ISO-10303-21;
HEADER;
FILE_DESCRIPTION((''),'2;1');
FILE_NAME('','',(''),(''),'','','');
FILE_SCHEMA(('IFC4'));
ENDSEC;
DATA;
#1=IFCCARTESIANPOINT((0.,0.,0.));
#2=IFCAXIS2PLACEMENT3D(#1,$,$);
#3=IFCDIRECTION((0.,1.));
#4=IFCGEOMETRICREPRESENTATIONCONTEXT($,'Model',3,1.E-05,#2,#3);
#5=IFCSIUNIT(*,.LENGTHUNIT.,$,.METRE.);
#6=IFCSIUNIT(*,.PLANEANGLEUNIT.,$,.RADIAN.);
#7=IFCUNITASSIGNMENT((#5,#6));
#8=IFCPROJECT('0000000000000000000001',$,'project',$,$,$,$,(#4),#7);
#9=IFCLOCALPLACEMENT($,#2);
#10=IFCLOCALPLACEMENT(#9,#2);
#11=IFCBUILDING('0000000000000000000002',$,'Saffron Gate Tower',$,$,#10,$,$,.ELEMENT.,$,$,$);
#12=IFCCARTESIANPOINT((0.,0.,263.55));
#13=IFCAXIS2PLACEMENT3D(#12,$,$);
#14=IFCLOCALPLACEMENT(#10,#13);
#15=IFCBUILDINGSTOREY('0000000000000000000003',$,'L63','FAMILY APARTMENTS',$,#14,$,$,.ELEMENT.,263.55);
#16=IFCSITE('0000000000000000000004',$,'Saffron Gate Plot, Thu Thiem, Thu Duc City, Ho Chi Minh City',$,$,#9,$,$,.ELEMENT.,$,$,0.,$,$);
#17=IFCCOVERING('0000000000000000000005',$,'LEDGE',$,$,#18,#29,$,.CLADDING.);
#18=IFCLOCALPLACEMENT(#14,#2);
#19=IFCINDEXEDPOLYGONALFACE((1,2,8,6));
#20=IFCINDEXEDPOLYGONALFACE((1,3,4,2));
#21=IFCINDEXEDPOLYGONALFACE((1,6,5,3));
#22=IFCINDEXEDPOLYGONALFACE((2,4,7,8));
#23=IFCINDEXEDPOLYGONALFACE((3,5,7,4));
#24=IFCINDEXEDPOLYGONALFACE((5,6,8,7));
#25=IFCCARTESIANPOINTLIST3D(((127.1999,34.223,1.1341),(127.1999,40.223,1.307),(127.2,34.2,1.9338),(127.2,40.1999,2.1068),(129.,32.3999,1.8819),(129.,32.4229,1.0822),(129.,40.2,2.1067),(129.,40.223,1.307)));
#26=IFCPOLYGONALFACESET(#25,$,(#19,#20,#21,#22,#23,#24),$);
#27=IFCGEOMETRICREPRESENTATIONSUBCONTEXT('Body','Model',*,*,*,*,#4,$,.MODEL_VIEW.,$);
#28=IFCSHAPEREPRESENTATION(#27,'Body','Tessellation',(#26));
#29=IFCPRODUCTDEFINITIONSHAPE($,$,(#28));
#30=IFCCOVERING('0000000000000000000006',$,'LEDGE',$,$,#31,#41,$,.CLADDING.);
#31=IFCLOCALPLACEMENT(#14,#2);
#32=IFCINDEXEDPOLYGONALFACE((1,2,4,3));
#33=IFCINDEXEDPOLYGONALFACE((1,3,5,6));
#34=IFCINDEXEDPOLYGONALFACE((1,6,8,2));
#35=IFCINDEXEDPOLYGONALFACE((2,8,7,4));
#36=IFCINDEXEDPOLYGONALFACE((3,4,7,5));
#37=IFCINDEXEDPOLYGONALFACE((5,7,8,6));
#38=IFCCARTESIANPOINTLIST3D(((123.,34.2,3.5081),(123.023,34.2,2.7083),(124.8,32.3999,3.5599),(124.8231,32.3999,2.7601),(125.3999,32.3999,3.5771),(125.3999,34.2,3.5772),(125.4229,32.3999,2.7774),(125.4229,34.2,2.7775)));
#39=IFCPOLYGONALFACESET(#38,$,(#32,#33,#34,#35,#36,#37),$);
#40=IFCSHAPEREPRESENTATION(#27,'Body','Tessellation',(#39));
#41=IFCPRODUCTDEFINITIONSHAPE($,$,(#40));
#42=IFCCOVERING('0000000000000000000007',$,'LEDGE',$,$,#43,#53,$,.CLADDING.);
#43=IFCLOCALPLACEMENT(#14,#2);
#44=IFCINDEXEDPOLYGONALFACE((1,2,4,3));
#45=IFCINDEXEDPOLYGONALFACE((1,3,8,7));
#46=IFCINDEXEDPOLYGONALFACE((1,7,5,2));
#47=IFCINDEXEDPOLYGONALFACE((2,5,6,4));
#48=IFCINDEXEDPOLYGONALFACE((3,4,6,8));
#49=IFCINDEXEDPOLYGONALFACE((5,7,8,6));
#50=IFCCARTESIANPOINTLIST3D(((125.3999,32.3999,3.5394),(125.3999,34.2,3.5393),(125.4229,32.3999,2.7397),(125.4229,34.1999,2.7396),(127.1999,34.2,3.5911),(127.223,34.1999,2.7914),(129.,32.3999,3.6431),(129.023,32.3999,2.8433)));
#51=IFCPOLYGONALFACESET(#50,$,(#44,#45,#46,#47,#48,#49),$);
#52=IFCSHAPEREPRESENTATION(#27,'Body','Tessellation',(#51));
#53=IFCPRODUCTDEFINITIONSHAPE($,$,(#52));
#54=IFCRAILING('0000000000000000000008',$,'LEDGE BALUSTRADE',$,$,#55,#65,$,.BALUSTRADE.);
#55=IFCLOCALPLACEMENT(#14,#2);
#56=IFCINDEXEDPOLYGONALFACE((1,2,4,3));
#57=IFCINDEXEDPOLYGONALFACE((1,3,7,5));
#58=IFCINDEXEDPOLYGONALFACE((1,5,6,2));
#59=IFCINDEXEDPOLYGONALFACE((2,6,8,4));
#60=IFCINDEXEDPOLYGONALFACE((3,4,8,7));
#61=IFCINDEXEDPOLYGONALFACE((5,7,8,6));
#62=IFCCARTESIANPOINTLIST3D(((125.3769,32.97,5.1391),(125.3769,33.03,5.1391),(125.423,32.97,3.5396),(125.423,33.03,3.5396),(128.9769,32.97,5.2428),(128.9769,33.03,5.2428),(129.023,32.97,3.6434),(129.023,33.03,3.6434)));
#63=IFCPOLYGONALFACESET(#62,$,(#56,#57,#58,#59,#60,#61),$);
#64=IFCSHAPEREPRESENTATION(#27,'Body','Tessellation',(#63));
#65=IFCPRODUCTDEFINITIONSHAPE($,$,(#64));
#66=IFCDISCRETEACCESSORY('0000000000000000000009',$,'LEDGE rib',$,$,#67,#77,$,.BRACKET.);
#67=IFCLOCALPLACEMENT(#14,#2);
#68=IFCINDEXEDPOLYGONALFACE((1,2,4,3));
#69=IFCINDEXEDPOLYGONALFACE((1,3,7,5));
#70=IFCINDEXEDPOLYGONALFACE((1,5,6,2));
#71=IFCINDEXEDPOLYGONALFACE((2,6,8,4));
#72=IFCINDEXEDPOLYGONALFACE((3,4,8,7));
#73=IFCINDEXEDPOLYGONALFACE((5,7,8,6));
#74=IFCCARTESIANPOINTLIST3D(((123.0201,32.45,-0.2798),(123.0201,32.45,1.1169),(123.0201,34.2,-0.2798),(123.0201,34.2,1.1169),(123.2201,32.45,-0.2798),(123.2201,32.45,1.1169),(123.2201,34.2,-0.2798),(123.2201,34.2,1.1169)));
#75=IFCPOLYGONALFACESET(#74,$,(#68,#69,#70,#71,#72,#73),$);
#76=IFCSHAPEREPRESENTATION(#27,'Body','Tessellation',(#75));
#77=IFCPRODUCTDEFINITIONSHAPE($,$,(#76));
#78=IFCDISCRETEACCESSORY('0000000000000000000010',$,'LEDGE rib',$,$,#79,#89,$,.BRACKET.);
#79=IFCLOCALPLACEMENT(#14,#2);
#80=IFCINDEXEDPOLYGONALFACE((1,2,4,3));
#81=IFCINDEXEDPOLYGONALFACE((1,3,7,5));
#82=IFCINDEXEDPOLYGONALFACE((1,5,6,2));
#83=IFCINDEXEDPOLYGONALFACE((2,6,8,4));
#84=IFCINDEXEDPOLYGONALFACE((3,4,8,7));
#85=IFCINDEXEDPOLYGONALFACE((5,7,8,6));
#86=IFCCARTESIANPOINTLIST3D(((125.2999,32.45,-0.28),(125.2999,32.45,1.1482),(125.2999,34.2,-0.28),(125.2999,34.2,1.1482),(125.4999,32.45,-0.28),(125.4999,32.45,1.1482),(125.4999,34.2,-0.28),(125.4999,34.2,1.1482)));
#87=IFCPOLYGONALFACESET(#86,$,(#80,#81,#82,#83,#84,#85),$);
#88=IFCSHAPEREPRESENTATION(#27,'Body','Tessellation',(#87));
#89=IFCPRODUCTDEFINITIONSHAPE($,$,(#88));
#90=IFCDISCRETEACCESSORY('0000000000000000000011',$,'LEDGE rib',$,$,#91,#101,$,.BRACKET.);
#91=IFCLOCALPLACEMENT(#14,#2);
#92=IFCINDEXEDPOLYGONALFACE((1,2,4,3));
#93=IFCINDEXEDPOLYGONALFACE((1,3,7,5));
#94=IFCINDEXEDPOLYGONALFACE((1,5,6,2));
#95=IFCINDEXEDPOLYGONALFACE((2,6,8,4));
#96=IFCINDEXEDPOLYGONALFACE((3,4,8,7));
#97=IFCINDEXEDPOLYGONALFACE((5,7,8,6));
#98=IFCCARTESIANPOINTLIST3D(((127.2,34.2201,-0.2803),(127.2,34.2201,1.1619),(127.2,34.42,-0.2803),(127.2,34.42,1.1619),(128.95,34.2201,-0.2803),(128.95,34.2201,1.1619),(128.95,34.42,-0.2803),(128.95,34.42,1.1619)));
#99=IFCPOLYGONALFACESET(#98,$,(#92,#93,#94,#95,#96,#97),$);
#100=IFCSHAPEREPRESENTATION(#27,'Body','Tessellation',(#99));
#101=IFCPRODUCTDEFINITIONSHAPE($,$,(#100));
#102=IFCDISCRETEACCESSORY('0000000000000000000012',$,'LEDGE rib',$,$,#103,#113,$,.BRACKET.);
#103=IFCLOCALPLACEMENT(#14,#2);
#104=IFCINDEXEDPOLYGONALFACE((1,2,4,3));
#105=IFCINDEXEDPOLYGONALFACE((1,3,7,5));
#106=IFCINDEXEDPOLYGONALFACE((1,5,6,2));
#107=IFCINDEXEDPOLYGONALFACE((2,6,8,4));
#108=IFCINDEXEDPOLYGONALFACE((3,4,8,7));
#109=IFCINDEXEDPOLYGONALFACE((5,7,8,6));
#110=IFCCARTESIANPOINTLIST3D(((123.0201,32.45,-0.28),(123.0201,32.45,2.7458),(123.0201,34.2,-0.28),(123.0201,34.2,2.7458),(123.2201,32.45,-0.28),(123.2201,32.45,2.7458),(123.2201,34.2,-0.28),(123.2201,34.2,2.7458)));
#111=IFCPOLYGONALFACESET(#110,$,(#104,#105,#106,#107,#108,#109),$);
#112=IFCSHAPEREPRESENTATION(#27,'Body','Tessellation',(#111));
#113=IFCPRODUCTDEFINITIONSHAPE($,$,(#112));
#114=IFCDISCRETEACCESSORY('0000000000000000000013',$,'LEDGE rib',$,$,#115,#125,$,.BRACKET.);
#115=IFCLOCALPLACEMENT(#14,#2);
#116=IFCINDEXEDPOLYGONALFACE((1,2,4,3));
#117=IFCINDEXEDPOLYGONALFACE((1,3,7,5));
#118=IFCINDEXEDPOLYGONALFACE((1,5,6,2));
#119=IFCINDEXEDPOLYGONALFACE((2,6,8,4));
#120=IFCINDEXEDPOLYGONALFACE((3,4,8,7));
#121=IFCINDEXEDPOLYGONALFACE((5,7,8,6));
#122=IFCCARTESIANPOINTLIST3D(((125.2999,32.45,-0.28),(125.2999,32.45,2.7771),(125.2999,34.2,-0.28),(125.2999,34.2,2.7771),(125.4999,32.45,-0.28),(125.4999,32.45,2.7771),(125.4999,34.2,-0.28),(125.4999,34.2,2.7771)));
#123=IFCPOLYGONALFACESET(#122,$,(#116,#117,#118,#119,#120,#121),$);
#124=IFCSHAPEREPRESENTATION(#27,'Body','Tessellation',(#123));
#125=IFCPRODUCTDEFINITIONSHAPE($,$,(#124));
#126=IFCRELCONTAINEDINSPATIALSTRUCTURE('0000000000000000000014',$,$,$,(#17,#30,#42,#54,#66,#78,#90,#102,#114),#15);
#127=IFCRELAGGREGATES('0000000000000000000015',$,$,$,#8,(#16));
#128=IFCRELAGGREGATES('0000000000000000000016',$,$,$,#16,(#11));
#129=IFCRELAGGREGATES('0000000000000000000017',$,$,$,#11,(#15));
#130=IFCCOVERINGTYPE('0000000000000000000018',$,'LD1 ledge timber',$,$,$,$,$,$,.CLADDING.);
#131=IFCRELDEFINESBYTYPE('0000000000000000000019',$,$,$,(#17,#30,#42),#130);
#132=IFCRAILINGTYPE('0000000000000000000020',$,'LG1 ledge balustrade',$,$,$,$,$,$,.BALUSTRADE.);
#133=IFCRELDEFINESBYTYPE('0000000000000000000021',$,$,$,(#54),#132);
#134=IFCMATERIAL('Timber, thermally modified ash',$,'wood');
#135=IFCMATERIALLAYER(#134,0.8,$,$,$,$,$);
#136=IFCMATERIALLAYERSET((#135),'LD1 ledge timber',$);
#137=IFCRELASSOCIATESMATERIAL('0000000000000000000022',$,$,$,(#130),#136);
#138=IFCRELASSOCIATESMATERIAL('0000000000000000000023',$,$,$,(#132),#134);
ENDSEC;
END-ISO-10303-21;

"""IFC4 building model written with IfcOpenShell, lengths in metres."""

from ifc_helpers import new_model, si_unit, direction, frame, origin, origin_2d, place, context, subcontext, project, spatial, polyline, rectangle, outline, extrude, material, layer, layer_set, type_object, element, save


model = new_model("IFC4")

# Units and contexts
model_context = context("Model", 3, precision=1e-05, world=origin(), true_north=direction((0.0, 1.0)))
body_context = subcontext(model_context, "Body", "Model", "MODEL_VIEW")
ifc_project = project(units=[si_unit("LENGTHUNIT", "METRE"), si_unit("PLANEANGLEUNIT", "RADIAN")], contexts=[model_context])

# Site, building, storey
site_placement = place(None, origin())
site = spatial("IfcSite", under=ifc_project, at=site_placement, Name="Saffron Gate Plot, Thu Thiem, Thu Duc City, Ho Chi Minh City", CompositionType="ELEMENT", RefElevation=0.0)
building_placement = place(site_placement, origin())
building = spatial("IfcBuilding", under=site, at=building_placement, Name="Saffron Gate Tower", CompositionType="ELEMENT")
storey_placement = place(building_placement, frame((0.0, 0.0, 263.55)))
storey = spatial("IfcBuildingStorey", under=building, at=storey_placement, Name="L63", Description="FAMILY APARTMENTS", CompositionType="ELEMENT", Elevation=263.55)

# Coverings
ifc_material_1 = material(Name="Timber, thermally modified ash", Category="wood")
ifc_layer_1 = layer(ifc_material_1, 0.8)
ifc_layer_set_1 = layer_set([ifc_layer_1], Name="LD1 ledge timber")
covering_type = type_object("IfcCoveringType", Name="LD1 ledge timber", PredefinedType="CLADDING", material=ifc_layer_set_1)
covering_1_placement = place(storey_placement, frame((127.2, 34.2, 1.9338), z_axis=(0.000035, -0.028807, 0.999585), x_axis=(0.0, 0.999585, 0.028807)))
element("IfcCovering", 1, at=covering_1_placement, inside=storey, type_object=covering_type, Name="LEDGE", PredefinedType="CLADDING", context=body_context, shape_type="SweptSolid", body=[
    extrude(outline(polyline([(0.0, 0.0), (6.0025, 0.0), (6.0025, -1.8), (-1.8008, -1.8), (0.0, 0.0)])), origin(), (0.0, 0.0, -1.0), 0.8),
])
covering_2_placement = place(storey_placement, frame((123.0, 34.2, 3.5081), z_axis=(-0.028799, -0.000029, 0.999585), x_axis=(0.999585, 0.0, 0.028799)))
element("IfcCovering", 2, at=covering_2_placement, inside=storey, type_object=covering_type, Name="LEDGE", PredefinedType="CLADDING", context=body_context, shape_type="SweptSolid", body=[
    extrude(outline(polyline([(0.0, 0.0), (2.4009, 0.0), (2.4009, -1.8), (1.8008, -1.8), (0.0, 0.0)])), origin(), (0.0, 0.0, -1.0), 0.8),
])
covering_3_placement = place(storey_placement, frame((125.3999, 34.2, 3.5393), z_axis=(-0.028787, 0.000045, 0.999586), x_axis=(0.999586, 0.0, 0.028787)))
element("IfcCovering", 3, at=covering_3_placement, inside=storey, type_object=covering_type, Name="LEDGE", PredefinedType="CLADDING", context=body_context, shape_type="SweptSolid", body=[
    extrude(outline(polyline([(0.0, 0.0), (1.8008, 0.0), (3.6016, -1.8), (0.0, -1.8), (0.0, 0.0)])), origin(), (0.0, 0.0, -1.0), 0.8),
])

# Railing
railing_type = type_object("IfcRailingType", Name="LG1 ledge balustrade", PredefinedType="BALUSTRADE", material=ifc_material_1)
railing_placement = place(storey_placement, frame((125.3999, 33.0, 3.5393)))
element("IfcRailing", 4, at=railing_placement, inside=storey, type_object=railing_type, Name="LEDGE BALUSTRADE", PredefinedType="BALUSTRADE", context=body_context, shape_type="SweptSolid", body=[
    extrude(rectangle(XDim=0.0601, YDim=1.6001, at=origin_2d()), frame((0.0, 0.0, 0.8), z_axis=(0.999585, 0.0, 0.028809), x_axis=(0.0, 1.0, 0.0)), (0.0, 0.0, 1.0), 3.6016),
])

# Discrete accessories
discrete_accessory_1_placement = place(storey_placement, frame((123.1201, 33.325, -0.2798), z_axis=(0.0, 0.0, 1.0), x_axis=(1.0, 0.0, 0.0)))
element("IfcDiscreteAccessory", 5, at=discrete_accessory_1_placement, inside=storey, Name="LEDGE rib", PredefinedType="BRACKET", context=body_context, shape_type="SweptSolid", body=[
    extrude(rectangle(XDim=0.2, YDim=1.75, at=origin_2d()), origin(), (0.0, 0.0, 1.0), 1.3967),
])
discrete_accessory_2_placement = place(storey_placement, frame((125.3999, 33.325, -0.28), z_axis=(0.0, 0.0, 1.0), x_axis=(1.0, 0.0, 0.0)))
element("IfcDiscreteAccessory", 6, at=discrete_accessory_2_placement, inside=storey, Name="LEDGE rib", PredefinedType="BRACKET", context=body_context, shape_type="SweptSolid", body=[
    extrude(rectangle(XDim=0.2, YDim=1.75, at=origin_2d()), origin(), (0.0, 0.0, 1.0), 1.4282),
])
discrete_accessory_3_placement = place(storey_placement, frame((128.075, 34.3201, -0.2803), z_axis=(0.0, 0.0, 1.0), x_axis=(0.0, 1.0, 0.0)))
element("IfcDiscreteAccessory", 7, at=discrete_accessory_3_placement, inside=storey, Name="LEDGE rib", PredefinedType="BRACKET", context=body_context, shape_type="SweptSolid", body=[
    extrude(rectangle(XDim=0.2, YDim=1.75, at=origin_2d()), origin(), (0.0, 0.0, 1.0), 1.4421),
])
discrete_accessory_4_placement = place(storey_placement, frame((123.1201, 33.325, -0.28), z_axis=(0.0, 0.0, 1.0), x_axis=(1.0, 0.0, 0.0)))
element("IfcDiscreteAccessory", 8, at=discrete_accessory_4_placement, inside=storey, Name="LEDGE rib", PredefinedType="BRACKET", context=body_context, shape_type="SweptSolid", body=[
    extrude(rectangle(XDim=0.2, YDim=1.75, at=origin_2d()), origin(), (0.0, 0.0, 1.0), 3.0259),
])
discrete_accessory_5_placement = place(storey_placement, frame((125.3999, 33.325, -0.28), z_axis=(0.0, 0.0, 1.0), x_axis=(1.0, 0.0, 0.0)))
element("IfcDiscreteAccessory", 9, at=discrete_accessory_5_placement, inside=storey, Name="LEDGE rib", PredefinedType="BRACKET", context=body_context, shape_type="SweptSolid", body=[
    extrude(rectangle(XDim=0.2, YDim=1.75, at=origin_2d()), origin(), (0.0, 0.0, 1.0), 3.0571),
])

save(model, "model.ifc")
